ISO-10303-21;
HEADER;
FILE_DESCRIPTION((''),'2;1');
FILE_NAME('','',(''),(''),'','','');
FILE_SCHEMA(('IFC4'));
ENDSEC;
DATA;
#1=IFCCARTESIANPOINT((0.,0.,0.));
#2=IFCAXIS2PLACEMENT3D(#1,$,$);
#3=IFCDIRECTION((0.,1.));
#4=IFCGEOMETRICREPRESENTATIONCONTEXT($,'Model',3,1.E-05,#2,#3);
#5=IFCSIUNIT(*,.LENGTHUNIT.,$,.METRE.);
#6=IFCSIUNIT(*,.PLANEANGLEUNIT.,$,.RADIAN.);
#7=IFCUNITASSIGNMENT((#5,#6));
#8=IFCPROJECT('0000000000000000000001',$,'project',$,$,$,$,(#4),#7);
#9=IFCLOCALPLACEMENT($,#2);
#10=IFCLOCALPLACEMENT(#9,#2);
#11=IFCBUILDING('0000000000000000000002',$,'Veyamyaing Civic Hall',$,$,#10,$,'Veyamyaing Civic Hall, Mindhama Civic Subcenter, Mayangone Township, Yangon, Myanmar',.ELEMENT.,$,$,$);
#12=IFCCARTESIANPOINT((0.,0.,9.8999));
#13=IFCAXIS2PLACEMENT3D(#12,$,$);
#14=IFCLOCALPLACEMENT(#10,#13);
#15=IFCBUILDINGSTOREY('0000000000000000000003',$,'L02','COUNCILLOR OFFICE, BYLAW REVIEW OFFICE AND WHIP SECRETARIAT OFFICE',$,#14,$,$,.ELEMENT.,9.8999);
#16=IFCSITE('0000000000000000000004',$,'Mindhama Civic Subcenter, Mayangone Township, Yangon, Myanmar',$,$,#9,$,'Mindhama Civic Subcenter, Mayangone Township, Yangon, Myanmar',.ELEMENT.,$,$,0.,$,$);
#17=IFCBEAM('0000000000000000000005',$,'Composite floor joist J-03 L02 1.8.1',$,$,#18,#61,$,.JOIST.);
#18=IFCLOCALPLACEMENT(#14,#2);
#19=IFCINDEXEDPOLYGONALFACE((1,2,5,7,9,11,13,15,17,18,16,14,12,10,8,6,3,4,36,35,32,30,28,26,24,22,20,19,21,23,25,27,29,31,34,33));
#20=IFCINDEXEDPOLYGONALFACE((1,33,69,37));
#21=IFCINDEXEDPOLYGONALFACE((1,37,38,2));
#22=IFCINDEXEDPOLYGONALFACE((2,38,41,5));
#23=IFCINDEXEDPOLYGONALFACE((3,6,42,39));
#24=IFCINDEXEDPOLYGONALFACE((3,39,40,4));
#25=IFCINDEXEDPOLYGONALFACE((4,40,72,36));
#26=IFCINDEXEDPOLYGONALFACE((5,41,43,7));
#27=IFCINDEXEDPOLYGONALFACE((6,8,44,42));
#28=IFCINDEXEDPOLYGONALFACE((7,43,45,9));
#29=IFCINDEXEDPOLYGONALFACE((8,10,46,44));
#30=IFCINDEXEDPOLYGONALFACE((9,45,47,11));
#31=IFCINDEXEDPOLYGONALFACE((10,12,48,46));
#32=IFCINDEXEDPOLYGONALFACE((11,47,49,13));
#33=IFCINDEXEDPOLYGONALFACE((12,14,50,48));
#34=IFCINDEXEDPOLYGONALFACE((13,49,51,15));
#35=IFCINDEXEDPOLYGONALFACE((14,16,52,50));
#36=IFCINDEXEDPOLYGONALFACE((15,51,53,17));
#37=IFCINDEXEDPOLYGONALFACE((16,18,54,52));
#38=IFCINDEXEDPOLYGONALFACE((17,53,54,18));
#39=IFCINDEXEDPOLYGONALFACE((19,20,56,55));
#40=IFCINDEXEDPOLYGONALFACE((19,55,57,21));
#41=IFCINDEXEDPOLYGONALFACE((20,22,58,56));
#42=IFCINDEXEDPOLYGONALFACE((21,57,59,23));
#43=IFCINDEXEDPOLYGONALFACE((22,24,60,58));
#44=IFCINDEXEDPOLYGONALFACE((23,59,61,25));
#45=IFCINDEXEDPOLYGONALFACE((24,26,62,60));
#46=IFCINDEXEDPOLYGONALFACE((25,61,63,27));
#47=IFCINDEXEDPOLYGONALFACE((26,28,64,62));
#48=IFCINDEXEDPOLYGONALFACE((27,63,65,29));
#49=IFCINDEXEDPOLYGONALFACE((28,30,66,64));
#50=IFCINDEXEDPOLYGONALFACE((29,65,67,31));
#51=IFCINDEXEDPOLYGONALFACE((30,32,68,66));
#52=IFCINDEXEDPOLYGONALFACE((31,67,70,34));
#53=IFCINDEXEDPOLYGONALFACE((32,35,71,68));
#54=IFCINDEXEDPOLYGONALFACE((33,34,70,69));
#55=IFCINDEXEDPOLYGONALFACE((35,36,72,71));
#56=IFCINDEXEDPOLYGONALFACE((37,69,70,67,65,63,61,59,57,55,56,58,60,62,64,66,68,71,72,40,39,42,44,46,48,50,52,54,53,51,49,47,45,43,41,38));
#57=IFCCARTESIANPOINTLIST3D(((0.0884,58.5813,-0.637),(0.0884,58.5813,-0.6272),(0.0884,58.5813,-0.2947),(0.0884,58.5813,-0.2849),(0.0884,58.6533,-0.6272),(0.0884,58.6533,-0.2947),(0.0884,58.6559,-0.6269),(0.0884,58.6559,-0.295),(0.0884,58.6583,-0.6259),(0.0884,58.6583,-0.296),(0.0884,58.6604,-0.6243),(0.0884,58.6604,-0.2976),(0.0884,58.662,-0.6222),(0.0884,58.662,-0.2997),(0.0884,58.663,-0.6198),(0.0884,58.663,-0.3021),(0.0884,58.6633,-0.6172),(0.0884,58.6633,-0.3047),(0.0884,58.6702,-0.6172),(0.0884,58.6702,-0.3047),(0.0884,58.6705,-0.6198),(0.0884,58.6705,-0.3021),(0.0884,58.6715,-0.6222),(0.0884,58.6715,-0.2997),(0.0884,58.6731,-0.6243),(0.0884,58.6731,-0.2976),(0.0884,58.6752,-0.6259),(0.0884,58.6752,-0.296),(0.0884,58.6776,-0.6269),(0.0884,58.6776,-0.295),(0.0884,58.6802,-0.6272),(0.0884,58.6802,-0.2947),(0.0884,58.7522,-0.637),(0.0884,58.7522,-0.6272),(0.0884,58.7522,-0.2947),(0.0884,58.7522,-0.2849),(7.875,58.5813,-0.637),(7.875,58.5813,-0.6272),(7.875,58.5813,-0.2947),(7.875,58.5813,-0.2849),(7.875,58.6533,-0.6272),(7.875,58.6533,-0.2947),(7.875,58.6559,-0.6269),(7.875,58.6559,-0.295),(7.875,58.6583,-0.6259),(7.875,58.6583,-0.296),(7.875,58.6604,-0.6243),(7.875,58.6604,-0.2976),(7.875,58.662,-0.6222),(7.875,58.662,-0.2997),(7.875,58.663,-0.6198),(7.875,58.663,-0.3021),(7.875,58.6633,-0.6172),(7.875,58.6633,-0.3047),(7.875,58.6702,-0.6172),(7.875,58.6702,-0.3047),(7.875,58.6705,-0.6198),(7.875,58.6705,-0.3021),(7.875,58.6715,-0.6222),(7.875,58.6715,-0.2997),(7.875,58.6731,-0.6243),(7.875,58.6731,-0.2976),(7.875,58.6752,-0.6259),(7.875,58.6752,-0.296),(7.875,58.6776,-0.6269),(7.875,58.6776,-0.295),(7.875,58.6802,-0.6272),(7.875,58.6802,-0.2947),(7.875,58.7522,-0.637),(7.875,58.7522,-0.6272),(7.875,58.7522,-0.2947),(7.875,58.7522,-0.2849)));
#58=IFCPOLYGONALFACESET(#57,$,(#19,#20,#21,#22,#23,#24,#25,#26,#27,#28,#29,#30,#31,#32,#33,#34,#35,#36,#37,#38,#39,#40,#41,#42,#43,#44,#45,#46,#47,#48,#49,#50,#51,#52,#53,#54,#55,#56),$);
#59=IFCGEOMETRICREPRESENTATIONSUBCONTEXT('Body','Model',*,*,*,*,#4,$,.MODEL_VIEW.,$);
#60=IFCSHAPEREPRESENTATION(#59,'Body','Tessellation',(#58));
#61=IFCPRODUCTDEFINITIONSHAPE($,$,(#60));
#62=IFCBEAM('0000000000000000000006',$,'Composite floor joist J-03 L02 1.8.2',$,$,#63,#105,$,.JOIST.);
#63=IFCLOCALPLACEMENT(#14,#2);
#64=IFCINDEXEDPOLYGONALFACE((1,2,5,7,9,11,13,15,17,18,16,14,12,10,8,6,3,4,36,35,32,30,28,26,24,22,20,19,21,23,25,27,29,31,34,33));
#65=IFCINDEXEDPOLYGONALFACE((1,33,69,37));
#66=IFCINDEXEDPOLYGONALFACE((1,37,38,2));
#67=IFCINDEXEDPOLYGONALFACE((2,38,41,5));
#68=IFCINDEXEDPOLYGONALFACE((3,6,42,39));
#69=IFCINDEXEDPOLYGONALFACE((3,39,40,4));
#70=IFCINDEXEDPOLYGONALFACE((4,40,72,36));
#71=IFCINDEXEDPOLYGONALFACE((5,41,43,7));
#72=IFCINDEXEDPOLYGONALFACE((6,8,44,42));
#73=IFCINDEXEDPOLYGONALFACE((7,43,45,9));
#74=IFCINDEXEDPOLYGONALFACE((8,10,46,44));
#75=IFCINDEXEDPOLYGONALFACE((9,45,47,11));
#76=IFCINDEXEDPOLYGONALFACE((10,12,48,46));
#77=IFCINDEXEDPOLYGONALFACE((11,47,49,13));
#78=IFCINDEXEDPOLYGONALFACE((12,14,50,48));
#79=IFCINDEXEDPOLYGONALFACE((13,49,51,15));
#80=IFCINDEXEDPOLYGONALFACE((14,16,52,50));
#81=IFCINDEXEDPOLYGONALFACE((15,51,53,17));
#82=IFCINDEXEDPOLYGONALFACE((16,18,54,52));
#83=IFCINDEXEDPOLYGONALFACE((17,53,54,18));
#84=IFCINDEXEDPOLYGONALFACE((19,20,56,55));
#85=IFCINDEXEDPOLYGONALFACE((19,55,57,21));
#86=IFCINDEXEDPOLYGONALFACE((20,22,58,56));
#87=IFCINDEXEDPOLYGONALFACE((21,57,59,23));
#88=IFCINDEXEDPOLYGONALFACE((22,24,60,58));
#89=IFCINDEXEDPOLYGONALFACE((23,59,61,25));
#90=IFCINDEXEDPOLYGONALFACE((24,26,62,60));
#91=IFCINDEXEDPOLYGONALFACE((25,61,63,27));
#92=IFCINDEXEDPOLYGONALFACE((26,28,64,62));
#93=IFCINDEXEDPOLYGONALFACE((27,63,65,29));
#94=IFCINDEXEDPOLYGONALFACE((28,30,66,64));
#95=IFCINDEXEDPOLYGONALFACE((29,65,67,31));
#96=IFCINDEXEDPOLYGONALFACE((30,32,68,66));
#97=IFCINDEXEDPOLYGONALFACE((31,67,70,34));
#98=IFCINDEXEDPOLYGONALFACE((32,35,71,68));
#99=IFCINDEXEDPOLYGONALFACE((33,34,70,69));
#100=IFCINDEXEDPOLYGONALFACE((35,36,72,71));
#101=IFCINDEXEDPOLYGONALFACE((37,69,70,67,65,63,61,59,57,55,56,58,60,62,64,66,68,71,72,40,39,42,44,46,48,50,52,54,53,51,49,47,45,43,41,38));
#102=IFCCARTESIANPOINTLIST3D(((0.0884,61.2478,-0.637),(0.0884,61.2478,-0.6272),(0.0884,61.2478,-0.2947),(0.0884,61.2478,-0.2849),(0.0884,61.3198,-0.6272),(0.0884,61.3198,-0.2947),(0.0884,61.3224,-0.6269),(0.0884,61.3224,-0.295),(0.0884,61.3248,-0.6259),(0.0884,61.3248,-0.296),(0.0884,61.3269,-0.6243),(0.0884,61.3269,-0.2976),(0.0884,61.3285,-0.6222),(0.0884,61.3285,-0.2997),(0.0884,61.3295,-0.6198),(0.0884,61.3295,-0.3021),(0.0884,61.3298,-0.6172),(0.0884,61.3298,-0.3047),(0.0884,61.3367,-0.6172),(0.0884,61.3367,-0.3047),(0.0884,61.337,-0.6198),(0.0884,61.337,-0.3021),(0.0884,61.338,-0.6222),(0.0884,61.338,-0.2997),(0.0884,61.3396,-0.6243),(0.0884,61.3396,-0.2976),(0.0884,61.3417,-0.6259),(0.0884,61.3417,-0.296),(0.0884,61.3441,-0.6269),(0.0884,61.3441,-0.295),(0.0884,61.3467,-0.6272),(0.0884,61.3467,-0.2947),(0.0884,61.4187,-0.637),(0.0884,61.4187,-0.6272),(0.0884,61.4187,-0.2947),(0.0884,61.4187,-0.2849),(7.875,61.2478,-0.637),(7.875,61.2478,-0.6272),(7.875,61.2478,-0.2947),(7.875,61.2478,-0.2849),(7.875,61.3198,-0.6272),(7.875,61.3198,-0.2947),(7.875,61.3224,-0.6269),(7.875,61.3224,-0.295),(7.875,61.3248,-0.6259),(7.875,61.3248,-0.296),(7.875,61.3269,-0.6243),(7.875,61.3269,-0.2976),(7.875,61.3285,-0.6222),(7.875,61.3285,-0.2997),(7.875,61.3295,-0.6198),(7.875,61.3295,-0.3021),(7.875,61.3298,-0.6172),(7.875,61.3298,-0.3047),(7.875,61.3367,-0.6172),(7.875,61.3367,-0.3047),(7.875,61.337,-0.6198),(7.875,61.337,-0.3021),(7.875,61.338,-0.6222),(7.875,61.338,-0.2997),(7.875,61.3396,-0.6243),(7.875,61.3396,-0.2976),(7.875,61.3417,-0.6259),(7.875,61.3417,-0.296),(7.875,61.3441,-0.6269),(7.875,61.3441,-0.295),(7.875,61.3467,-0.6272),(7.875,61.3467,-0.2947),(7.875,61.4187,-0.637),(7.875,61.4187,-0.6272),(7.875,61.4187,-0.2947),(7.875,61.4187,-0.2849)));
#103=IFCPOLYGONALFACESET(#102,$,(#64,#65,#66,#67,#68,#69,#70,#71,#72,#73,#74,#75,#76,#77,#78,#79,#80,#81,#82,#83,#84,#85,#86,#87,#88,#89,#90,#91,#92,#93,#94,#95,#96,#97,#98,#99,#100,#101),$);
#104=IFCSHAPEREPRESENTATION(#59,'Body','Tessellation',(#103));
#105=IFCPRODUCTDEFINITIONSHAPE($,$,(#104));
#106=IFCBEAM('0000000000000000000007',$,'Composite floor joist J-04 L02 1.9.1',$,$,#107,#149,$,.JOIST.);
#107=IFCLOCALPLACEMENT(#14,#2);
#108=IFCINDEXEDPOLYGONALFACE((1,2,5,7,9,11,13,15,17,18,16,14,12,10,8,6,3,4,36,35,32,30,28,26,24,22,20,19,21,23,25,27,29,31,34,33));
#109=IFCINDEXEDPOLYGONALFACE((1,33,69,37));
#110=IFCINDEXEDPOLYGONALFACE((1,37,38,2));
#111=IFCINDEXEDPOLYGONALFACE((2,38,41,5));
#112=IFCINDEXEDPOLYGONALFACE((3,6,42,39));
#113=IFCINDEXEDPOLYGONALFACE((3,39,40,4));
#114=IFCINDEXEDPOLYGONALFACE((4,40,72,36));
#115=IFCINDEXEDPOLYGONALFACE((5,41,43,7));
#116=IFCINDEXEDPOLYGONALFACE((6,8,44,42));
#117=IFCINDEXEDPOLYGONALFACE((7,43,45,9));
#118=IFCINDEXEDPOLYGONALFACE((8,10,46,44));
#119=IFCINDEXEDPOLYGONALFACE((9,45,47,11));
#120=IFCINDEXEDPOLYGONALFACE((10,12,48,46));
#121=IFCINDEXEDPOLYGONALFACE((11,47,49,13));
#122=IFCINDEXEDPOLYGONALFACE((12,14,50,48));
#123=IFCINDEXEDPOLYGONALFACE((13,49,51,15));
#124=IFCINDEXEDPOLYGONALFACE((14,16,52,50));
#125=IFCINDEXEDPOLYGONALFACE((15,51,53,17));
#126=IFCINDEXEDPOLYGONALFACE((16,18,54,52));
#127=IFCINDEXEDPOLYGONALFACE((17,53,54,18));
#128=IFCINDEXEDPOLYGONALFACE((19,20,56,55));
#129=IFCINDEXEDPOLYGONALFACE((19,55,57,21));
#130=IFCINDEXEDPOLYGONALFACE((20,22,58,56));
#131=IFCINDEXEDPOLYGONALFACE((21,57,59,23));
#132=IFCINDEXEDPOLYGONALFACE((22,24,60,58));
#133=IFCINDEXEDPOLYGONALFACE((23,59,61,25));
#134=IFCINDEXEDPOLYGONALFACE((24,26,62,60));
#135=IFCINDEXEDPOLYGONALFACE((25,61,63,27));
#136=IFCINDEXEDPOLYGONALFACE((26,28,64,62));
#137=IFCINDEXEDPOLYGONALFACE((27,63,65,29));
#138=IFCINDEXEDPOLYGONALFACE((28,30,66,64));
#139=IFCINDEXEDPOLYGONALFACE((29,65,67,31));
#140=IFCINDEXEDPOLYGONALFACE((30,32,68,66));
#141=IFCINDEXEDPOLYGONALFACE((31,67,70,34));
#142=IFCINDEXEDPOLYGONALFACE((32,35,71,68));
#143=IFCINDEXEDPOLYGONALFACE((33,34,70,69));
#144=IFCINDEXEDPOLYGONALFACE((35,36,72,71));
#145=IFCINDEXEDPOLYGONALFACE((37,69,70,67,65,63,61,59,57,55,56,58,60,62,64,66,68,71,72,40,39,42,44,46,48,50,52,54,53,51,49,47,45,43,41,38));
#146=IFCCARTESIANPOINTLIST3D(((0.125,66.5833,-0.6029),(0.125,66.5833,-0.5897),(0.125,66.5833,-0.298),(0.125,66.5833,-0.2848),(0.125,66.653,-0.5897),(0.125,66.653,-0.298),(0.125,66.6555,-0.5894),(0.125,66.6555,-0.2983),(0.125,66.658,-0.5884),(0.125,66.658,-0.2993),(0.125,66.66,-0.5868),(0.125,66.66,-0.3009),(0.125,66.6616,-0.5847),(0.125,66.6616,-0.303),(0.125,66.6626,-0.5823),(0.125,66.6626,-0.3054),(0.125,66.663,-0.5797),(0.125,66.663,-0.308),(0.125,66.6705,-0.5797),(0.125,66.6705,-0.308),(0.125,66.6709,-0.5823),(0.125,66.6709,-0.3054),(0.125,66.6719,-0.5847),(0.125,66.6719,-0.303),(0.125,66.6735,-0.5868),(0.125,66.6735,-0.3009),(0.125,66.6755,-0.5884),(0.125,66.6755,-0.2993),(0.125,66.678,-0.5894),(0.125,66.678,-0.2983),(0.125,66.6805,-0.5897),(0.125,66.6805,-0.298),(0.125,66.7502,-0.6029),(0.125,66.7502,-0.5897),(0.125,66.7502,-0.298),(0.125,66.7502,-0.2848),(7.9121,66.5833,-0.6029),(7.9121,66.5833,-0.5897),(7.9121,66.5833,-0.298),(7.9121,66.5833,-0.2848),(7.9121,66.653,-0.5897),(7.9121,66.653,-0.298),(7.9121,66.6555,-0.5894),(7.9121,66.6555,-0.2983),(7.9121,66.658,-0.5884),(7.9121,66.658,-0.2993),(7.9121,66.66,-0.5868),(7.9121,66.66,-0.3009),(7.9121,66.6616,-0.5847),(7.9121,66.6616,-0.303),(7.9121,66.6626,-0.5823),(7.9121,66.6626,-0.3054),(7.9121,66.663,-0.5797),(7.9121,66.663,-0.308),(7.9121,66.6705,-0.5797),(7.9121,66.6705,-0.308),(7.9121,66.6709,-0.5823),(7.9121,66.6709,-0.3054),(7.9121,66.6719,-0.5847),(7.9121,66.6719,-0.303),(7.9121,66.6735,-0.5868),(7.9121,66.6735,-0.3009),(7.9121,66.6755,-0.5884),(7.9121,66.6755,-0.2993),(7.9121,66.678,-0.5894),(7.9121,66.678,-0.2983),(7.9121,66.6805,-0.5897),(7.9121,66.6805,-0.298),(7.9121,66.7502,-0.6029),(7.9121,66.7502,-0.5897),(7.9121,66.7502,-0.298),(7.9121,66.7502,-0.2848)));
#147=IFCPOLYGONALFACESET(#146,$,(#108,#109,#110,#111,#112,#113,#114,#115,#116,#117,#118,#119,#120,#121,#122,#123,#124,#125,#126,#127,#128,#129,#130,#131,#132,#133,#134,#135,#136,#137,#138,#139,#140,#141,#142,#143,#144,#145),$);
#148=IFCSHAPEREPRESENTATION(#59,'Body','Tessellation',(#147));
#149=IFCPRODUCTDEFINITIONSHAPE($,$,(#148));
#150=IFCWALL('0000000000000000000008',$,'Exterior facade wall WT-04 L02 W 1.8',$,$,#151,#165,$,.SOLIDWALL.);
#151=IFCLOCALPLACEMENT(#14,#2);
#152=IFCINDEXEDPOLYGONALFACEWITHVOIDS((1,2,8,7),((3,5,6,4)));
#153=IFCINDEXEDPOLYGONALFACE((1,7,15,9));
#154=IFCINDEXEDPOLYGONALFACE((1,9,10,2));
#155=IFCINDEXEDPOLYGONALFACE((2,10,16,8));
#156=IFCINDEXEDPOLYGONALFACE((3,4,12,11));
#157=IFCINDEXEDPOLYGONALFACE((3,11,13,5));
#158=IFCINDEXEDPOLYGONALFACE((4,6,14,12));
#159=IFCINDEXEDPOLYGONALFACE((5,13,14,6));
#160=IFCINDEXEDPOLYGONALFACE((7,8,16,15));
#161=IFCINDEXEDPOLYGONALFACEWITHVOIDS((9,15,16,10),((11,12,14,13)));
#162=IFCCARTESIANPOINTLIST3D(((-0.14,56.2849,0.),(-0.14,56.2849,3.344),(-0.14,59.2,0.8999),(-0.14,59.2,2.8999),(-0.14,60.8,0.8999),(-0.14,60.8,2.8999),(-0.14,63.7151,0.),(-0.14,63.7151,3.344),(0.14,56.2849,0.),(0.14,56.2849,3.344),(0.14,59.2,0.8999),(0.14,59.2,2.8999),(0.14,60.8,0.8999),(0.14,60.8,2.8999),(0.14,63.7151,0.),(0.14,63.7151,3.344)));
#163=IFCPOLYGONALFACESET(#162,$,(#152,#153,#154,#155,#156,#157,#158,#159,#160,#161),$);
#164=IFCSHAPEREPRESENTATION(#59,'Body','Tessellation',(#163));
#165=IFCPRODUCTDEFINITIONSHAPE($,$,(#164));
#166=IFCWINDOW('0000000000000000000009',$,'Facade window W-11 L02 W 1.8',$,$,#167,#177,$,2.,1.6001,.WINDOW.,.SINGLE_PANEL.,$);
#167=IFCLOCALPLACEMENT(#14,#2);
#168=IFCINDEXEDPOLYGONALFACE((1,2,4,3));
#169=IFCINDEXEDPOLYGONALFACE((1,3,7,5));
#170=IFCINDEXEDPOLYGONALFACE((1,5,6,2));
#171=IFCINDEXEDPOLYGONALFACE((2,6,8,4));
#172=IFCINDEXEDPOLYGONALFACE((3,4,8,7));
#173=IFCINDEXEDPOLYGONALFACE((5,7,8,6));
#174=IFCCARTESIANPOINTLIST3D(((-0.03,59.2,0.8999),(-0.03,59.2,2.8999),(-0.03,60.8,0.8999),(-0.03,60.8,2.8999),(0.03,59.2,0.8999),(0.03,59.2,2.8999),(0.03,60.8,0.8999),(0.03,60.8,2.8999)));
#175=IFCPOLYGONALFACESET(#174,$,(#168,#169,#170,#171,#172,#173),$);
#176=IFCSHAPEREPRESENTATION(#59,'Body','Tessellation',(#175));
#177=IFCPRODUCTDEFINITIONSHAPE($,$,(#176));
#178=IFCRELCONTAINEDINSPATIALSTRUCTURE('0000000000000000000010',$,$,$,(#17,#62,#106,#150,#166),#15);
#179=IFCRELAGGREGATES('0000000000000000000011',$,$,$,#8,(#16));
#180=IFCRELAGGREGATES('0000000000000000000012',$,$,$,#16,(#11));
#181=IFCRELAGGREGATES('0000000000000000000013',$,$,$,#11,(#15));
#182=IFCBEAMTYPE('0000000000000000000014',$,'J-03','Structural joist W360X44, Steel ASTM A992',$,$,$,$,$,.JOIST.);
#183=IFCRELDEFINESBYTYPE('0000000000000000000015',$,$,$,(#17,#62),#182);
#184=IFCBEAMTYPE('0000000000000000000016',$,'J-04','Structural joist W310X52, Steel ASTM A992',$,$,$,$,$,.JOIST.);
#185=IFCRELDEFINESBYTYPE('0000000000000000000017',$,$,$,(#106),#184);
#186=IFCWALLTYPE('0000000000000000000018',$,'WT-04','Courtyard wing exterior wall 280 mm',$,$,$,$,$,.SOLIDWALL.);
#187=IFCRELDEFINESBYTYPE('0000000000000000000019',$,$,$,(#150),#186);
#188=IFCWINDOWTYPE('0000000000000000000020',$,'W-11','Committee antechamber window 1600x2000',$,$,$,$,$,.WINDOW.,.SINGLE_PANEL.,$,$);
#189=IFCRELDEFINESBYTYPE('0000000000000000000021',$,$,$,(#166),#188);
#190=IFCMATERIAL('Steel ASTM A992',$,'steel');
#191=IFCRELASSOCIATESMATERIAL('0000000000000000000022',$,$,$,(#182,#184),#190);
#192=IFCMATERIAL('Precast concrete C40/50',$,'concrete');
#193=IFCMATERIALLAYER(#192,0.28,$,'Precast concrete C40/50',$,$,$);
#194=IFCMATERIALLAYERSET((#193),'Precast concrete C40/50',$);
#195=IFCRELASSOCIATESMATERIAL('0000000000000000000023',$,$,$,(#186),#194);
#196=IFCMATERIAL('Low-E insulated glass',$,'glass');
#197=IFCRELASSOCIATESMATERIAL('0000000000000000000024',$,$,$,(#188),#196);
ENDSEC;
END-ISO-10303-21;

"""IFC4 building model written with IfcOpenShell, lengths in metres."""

from ifc_helpers import new_model, si_unit, direction, frame, frame_2d, origin, origin_2d, place, context, subcontext, project, spatial, rectangle, i_section, extrude, material, layer, layer_set, material_profile, profile_set, type_object, element, fill, save


model = new_model("IFC4")

# Units and contexts
model_context = context("Model", 3, precision=1e-05, world=origin(), true_north=direction((0.0, 1.0)))
body_context = subcontext(model_context, "Body", "Model", "MODEL_VIEW")
ifc_project = project(units=[si_unit("LENGTHUNIT", "METRE"), si_unit("PLANEANGLEUNIT", "RADIAN")], contexts=[model_context])

# Site, building, storey
site_placement = place(None, origin())
site = spatial("IfcSite", under=ifc_project, at=site_placement, Name="Mindhama Civic Subcenter, Mayangone Township, Yangon, Myanmar", LongName="Mindhama Civic Subcenter, Mayangone Township, Yangon, Myanmar", CompositionType="ELEMENT", RefElevation=0.0)
building_placement = place(site_placement, origin())
building = spatial("IfcBuilding", under=site, at=building_placement, Name="Veyamyaing Civic Hall", LongName="Veyamyaing Civic Hall, Mindhama Civic Subcenter, Mayangone Township, Yangon, Myanmar", CompositionType="ELEMENT")
storey_placement = place(building_placement, frame((0.0, 0.0, 9.8999)))
storey = spatial("IfcBuildingStorey", under=building, at=storey_placement, Name="L02", Description="COUNCILLOR OFFICE, BYLAW REVIEW OFFICE AND WHIP SECRETARIAT OFFICE", CompositionType="ELEMENT", Elevation=9.8999)

# Beams
ifc_material_1 = material(Name="Steel ASTM A992", Category="steel")
ifc_material_profile_1 = material_profile(ifc_material_1, i_section(OverallWidth=0.1709, OverallDepth=0.3521, WebThickness=0.0068, FlangeThickness=0.0098, FilletRadius=0.01, at=origin_2d()), Name="W360X44")
ifc_profile_set_1 = profile_set([ifc_material_profile_1], Name="Steel ASTM A992")
beam_type_1 = type_object("IfcBeamType", Name="J-03", Description="Structural joist W360X44, Steel ASTM A992", PredefinedType="JOIST", material=ifc_profile_set_1)
for number, where, z_axis, x_axis, name in (
    (1, (0.0884, 58.6667, -0.4609), (1.0, 0.0, 0.0), (0.0, 1.0, 0.0), "Composite floor joist J-03 L02 1.8.1"),
    (2, (0.0884, 61.3333, -0.4609), (1.0, 0.0, 0.0), (0.0, 1.0, 0.0), "Composite floor joist J-03 L02 1.8.2"),
):
    element("IfcBeam", number, at=place(storey_placement, frame(where, z_axis=z_axis, x_axis=x_axis)), inside=storey, type_object=beam_type_1, Name=name, PredefinedType="JOIST", context=body_context, shape_type="SweptSolid", body=[
        extrude(i_section(OverallWidth=0.1709, OverallDepth=0.3521, WebThickness=0.0068, FlangeThickness=0.0098, FilletRadius=0.01, at=origin_2d()), origin(), (0.0, 0.0, 1.0), 7.7866),
    ])
ifc_material_profile_2 = material_profile(ifc_material_1, i_section(OverallWidth=0.167, OverallDepth=0.3181, WebThickness=0.0076, FlangeThickness=0.0132, FilletRadius=0.01, at=origin_2d()), Name="W310X52")
ifc_profile_set_2 = profile_set([ifc_material_profile_2], Name="Steel ASTM A992")
beam_type_2 = type_object("IfcBeamType", Name="J-04", Description="Structural joist W310X52, Steel ASTM A992", PredefinedType="JOIST", material=ifc_profile_set_2)
beam_1_placement = place(storey_placement, frame((0.125, 66.6667, -0.4438), z_axis=(1.0, 0.0, 0.0), x_axis=(0.0, 1.0, 0.0)))
element("IfcBeam", 3, at=beam_1_placement, inside=storey, type_object=beam_type_2, Name="Composite floor joist J-04 L02 1.9.1", PredefinedType="JOIST", context=body_context, shape_type="SweptSolid", body=[
    extrude(i_section(OverallWidth=0.167, OverallDepth=0.3181, WebThickness=0.0076, FlangeThickness=0.0132, FilletRadius=0.01, at=origin_2d()), origin(), (0.0, 0.0, 1.0), 7.7871),
])

# Wall, opening, window
ifc_material_2 = material(Name="Precast concrete C40/50", Category="concrete")
ifc_layer_1 = layer(ifc_material_2, 0.28, Name="Precast concrete C40/50")
ifc_layer_set_1 = layer_set([ifc_layer_1], Name="Precast concrete C40/50")
wall_type_1 = type_object("IfcWallType", Name="WT-04", Description="Courtyard wing exterior wall 280 mm", PredefinedType="SOLIDWALL", material=ifc_layer_set_1)
wall_1_placement = place(storey_placement, frame((0.0, 56.2849, 0.0), z_axis=(0.0, 0.0, 1.0), x_axis=(0.0, 1.0, 0.0)))
wall_1 = element("IfcWall", 4, at=wall_1_placement, inside=storey, type_object=wall_type_1, Name="Exterior facade wall WT-04 L02 W 1.8", PredefinedType="SOLIDWALL", context=body_context, shape_type="SweptSolid", body=[
    extrude(rectangle(XDim=7.4302, YDim=0.28, at=frame_2d((3.7151, 0.0))), origin(), (0.0, 0.0, 1.0), 3.344),
])
opening_1_placement = place(wall_1_placement, frame((2.915, 0.0, 0.8999)))
opening_1 = element("IfcOpeningElement", 5, at=opening_1_placement, cuts=wall_1, PredefinedType="OPENING", context=body_context, shape_type="SweptSolid", body=[
    extrude(rectangle(XDim=1.6001, YDim=2.0, at=frame_2d((0.8, 1.0))), frame((0.0, 0.1499, 0.0), z_axis=(0.0, -1.0, 0.0), x_axis=(1.0, 0.0, 0.0)), (0.0, 0.0, 1.0), 0.3),
])
ifc_material_3 = material(Name="Low-E insulated glass", Category="glass")
window_type_1 = type_object("IfcWindowType", Name="W-11", Description="Committee antechamber window 1600x2000", PartitioningType="SINGLE_PANEL", PredefinedType="WINDOW", material=ifc_material_3)
window_1_placement = place(opening_1_placement, origin())
window_1 = element("IfcWindow", 6, at=window_1_placement, inside=storey, type_object=window_type_1, Name="Facade window W-11 L02 W 1.8", OverallHeight=2.0, OverallWidth=1.6001, PartitioningType="SINGLE_PANEL", PredefinedType="WINDOW", context=body_context, shape_type="SweptSolid", body=[
    extrude(rectangle(XDim=1.6001, YDim=2.0, at=frame_2d((0.8, 1.0))), frame((0.0, 0.03, 0.0), z_axis=(0.0, -1.0, 0.0), x_axis=(1.0, 0.0, 0.0)), (0.0, 0.0, 1.0), 0.0601),
])
fill(opening_1, window_1)

save(model, "model.ifc")
